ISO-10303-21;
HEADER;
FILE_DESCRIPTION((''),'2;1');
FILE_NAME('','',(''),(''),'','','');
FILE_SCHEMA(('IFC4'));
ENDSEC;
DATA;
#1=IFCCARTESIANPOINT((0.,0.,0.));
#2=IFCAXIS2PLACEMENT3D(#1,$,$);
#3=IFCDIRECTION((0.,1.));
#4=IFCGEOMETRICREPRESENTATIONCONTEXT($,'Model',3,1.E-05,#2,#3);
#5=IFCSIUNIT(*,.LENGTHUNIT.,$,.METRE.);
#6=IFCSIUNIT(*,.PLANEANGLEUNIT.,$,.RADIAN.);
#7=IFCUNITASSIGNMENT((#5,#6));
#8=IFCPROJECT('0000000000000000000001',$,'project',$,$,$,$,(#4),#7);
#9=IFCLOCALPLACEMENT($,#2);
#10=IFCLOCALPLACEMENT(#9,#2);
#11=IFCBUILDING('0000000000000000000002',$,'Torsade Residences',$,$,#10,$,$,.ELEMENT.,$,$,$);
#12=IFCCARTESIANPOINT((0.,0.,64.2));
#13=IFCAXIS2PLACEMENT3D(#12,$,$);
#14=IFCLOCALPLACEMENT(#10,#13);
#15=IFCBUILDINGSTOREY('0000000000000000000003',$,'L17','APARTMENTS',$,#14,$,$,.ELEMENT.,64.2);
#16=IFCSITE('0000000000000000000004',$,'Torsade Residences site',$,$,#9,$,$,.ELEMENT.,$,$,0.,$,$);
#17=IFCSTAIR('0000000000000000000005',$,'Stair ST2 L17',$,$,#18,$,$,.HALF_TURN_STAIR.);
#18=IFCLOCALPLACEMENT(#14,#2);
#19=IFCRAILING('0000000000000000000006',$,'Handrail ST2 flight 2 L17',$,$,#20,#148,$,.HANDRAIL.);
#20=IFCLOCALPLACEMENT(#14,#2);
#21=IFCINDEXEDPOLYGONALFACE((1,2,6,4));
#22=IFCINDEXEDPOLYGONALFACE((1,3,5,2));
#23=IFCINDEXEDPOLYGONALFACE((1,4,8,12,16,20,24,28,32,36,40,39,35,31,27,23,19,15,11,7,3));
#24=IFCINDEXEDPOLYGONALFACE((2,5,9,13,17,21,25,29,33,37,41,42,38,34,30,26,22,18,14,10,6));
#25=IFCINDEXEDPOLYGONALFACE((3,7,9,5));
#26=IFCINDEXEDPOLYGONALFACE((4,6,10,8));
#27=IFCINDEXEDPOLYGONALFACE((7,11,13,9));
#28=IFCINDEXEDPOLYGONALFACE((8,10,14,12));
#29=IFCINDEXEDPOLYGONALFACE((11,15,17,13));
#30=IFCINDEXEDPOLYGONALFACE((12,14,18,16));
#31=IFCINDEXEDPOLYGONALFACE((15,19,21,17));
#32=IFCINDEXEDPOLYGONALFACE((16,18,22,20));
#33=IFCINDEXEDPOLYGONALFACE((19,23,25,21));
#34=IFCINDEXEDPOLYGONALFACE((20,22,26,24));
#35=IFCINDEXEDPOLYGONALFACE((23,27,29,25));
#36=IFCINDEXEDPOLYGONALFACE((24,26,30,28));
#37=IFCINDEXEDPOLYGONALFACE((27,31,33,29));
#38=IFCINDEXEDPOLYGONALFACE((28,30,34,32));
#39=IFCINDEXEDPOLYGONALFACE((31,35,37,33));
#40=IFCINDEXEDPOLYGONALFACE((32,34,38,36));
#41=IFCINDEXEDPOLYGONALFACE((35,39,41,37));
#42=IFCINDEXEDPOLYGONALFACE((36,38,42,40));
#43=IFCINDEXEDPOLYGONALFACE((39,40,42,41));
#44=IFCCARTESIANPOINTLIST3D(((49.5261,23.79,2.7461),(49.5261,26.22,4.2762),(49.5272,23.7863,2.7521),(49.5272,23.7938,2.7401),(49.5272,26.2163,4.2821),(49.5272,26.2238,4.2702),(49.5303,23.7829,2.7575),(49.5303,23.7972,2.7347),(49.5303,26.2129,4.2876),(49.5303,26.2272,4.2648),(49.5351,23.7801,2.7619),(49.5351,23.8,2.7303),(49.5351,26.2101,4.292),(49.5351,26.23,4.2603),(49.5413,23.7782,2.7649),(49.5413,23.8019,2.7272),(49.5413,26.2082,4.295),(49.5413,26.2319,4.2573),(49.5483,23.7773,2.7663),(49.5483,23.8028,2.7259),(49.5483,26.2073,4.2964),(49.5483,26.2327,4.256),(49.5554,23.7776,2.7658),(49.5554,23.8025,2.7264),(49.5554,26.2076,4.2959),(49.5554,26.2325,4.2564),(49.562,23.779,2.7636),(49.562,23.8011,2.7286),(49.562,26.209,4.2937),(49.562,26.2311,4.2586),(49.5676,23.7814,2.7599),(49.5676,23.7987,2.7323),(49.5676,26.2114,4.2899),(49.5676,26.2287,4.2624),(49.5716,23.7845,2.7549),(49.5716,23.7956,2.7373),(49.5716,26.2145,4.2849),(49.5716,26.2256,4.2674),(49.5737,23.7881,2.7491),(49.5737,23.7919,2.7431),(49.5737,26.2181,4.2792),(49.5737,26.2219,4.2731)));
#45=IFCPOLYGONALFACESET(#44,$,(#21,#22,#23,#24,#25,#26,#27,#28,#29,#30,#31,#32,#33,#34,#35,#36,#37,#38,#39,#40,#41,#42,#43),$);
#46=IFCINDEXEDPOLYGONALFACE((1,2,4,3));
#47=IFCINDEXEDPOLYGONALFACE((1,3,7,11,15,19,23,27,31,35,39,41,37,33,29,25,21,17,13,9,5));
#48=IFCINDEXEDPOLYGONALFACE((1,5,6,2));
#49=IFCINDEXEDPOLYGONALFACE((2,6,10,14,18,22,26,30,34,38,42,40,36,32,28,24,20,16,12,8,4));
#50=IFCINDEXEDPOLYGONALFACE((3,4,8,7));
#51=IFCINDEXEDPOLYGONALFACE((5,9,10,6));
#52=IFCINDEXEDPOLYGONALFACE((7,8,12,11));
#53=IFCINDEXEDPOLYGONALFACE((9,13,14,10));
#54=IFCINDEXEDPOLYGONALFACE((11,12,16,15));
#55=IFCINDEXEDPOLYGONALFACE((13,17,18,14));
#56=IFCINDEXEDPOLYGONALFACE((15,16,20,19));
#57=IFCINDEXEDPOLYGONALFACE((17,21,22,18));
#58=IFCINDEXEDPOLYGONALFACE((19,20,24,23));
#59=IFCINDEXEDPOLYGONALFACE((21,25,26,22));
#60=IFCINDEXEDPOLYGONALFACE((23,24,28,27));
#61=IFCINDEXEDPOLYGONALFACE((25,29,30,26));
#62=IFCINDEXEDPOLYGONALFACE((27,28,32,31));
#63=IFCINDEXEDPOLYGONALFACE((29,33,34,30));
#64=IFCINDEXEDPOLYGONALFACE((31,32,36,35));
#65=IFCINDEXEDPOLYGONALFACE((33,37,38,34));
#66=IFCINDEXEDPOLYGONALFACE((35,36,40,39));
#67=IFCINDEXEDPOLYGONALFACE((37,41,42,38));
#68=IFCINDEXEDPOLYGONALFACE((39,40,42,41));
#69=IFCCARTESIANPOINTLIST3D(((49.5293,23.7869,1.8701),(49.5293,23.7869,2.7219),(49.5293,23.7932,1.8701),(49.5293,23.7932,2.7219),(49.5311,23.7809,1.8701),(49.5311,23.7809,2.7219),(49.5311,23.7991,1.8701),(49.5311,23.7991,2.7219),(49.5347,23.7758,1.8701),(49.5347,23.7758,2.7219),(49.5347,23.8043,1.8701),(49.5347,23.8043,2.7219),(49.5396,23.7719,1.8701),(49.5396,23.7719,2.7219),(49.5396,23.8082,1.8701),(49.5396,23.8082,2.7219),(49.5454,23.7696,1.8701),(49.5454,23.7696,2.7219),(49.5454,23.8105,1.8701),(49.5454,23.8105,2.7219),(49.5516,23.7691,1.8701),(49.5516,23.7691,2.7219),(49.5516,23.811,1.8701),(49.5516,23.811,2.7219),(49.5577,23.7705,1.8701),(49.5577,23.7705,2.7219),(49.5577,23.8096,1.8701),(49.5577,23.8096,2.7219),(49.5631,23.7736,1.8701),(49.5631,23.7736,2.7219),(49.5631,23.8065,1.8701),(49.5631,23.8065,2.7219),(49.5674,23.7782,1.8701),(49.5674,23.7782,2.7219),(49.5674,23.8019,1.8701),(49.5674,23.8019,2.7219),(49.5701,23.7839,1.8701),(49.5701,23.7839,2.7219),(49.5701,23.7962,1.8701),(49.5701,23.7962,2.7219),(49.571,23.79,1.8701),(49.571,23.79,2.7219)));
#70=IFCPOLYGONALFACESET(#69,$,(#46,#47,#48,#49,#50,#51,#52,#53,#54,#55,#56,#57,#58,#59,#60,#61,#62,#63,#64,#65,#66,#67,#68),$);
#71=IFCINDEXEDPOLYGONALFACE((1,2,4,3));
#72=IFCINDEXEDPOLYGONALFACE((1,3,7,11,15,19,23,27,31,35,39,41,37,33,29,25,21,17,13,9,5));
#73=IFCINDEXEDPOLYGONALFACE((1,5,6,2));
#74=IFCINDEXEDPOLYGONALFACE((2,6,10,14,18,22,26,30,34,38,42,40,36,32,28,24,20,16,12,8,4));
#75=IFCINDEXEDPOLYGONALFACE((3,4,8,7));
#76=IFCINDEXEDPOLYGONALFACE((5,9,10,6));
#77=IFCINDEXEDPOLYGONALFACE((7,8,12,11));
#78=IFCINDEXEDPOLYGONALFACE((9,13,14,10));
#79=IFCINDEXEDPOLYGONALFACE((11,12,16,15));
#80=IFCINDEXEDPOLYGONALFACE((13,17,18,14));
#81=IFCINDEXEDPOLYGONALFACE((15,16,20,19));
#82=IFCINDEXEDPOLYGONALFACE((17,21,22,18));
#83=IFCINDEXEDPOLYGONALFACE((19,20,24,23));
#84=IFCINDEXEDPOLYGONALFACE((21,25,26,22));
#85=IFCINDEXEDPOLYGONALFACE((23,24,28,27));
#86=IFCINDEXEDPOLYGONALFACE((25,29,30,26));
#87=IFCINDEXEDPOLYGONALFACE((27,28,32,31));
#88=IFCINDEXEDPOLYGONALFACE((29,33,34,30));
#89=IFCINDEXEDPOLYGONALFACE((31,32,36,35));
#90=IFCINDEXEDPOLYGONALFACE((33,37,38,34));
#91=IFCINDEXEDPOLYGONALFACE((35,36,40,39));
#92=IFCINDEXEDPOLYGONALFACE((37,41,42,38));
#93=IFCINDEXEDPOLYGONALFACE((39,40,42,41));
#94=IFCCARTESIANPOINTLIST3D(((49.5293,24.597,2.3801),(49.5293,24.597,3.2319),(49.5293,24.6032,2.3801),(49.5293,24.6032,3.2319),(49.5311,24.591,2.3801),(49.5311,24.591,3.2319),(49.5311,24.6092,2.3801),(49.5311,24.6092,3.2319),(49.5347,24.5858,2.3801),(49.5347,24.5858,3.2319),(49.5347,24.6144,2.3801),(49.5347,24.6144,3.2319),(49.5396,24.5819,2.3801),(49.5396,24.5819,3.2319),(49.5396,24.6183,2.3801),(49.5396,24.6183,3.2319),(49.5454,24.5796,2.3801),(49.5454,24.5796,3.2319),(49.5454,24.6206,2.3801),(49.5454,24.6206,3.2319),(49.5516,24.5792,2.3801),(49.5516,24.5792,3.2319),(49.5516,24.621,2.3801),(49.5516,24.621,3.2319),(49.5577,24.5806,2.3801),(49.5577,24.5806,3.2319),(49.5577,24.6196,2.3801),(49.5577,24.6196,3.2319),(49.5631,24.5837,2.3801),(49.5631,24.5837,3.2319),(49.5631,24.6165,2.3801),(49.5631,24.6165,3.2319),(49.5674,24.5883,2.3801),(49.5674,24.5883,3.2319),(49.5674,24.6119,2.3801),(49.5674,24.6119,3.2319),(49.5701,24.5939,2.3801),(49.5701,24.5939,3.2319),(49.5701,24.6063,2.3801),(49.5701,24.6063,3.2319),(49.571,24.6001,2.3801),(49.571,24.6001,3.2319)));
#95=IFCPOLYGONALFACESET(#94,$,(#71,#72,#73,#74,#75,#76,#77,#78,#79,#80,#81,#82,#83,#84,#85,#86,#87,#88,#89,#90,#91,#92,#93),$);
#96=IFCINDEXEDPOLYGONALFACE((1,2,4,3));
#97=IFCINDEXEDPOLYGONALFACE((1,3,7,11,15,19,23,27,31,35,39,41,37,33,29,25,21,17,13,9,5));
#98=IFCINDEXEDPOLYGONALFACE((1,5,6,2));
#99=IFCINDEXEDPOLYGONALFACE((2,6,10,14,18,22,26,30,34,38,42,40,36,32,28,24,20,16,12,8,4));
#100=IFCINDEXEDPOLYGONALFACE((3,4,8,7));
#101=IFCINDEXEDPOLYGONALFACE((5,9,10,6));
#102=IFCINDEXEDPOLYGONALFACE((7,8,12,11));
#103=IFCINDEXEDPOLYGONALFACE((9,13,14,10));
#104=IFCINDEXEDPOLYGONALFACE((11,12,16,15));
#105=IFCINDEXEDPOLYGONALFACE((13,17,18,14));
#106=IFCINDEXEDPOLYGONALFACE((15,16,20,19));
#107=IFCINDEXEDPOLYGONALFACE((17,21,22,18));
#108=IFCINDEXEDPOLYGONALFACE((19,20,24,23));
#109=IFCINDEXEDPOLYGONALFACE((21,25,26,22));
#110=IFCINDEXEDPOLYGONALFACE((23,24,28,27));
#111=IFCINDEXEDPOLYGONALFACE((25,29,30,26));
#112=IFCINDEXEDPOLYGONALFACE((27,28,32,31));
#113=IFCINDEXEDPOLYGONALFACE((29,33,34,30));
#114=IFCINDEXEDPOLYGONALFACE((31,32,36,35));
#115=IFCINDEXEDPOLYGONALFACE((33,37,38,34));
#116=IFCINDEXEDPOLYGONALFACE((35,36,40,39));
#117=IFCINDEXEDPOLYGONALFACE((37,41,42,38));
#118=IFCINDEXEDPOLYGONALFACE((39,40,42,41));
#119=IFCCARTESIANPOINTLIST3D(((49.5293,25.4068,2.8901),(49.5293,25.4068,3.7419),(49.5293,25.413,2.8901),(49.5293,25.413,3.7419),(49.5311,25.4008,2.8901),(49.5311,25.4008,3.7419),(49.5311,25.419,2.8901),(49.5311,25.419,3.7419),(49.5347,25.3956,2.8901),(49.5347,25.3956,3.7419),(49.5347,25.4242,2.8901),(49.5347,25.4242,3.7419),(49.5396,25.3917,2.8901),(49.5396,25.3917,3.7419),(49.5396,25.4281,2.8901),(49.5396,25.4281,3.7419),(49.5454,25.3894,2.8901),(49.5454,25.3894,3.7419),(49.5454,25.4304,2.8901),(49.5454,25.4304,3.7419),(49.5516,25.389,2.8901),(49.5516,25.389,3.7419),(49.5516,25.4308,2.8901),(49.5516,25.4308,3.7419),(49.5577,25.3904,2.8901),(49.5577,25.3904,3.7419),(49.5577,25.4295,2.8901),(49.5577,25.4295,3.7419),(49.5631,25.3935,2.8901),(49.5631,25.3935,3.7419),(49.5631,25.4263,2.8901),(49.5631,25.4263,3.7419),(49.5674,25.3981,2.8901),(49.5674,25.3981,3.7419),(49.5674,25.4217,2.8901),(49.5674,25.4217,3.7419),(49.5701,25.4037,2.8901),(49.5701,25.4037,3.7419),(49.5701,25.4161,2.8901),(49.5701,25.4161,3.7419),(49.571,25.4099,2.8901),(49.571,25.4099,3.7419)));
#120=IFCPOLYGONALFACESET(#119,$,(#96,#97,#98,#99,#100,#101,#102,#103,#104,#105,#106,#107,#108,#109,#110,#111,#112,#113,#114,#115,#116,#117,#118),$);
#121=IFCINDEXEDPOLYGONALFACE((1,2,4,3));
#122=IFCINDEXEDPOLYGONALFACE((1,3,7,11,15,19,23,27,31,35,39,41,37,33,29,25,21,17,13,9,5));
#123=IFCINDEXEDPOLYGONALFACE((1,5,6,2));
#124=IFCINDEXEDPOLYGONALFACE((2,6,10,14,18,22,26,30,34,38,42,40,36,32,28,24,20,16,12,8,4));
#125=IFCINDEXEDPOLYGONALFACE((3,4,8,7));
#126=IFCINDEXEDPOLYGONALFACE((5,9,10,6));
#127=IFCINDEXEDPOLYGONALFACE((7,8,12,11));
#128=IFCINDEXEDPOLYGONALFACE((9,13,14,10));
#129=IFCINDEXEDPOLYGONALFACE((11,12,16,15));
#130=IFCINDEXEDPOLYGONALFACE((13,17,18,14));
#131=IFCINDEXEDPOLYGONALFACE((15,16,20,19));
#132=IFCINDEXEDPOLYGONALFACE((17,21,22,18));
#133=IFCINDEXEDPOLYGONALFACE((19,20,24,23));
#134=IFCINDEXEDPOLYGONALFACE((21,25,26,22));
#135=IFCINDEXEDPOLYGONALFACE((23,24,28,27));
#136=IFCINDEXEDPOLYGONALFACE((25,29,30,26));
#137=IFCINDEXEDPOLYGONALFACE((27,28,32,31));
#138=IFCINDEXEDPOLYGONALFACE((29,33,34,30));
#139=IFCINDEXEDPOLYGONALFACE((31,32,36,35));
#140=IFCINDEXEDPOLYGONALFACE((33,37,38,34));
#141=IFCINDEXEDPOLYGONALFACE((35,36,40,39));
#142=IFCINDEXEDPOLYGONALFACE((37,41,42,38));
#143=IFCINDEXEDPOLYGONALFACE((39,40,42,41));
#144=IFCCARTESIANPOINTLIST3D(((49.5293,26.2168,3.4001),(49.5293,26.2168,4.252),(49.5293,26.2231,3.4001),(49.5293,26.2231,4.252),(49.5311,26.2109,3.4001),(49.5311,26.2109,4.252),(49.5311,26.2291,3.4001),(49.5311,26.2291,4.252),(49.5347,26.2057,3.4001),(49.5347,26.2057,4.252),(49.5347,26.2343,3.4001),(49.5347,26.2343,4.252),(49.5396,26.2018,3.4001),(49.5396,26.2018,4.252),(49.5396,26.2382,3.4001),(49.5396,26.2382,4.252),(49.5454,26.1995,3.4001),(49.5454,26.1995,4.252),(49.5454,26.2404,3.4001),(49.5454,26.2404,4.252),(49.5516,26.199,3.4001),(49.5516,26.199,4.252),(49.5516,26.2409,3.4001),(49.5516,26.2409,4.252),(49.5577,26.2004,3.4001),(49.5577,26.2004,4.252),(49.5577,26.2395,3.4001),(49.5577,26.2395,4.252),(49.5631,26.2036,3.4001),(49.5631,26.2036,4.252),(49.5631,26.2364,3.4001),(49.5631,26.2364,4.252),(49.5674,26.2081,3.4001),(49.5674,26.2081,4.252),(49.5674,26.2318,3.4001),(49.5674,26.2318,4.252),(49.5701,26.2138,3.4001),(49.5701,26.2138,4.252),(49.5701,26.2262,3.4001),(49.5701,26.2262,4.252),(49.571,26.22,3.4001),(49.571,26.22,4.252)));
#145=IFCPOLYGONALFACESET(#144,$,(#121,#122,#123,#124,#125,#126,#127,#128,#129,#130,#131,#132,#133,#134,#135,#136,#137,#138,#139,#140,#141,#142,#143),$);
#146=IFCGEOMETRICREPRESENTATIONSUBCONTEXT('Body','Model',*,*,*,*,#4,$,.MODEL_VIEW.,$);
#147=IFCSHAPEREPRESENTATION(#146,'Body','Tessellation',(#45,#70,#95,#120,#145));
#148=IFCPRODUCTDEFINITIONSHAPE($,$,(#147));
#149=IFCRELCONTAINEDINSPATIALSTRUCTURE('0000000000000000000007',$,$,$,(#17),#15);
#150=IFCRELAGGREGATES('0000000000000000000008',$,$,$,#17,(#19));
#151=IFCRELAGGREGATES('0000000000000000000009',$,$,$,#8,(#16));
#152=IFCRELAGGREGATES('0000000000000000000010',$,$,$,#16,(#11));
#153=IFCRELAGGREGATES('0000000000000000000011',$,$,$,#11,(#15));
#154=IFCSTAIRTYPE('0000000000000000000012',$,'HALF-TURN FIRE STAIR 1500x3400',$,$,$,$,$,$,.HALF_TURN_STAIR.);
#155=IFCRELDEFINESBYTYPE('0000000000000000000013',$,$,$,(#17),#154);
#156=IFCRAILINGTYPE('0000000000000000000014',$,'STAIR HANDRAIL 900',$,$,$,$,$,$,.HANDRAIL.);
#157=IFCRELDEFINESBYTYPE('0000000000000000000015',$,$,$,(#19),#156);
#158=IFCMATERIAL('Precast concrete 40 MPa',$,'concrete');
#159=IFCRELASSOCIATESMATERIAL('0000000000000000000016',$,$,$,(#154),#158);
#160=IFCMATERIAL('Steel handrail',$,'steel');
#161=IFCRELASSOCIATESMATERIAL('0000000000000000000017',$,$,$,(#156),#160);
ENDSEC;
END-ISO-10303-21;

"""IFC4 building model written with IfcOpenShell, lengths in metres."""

from ifc_helpers import new_model, si_unit, direction, frame, origin, origin_2d, place, context, subcontext, project, spatial, circle, extrude, material, type_object, element, aggregate, save


model = new_model("IFC4")

# Units and contexts
model_context = context("Model", 3, precision=1e-05, world=origin(), true_north=direction((0.0, 1.0)))
body_context = subcontext(model_context, "Body", "Model", "MODEL_VIEW")
ifc_project = project(units=[si_unit("LENGTHUNIT", "METRE"), si_unit("PLANEANGLEUNIT", "RADIAN")], contexts=[model_context])

# Site, building, storey
site_placement = place(None, origin())
site = spatial("IfcSite", under=ifc_project, at=site_placement, Name="Torsade Residences site", CompositionType="ELEMENT", RefElevation=0.0)
building_placement = place(site_placement, origin())
building = spatial("IfcBuilding", under=site, at=building_placement, Name="Torsade Residences", CompositionType="ELEMENT")
storey_placement = place(building_placement, frame((0.0, 0.0, 64.2)))
storey = spatial("IfcBuildingStorey", under=building, at=storey_placement, Name="L17", Description="APARTMENTS", CompositionType="ELEMENT", Elevation=64.2)

# Stair, railing
ifc_material_1 = material(Name="Precast concrete 40 MPa", Category="concrete")
stair_type = type_object("IfcStairType", Name="HALF-TURN FIRE STAIR 1500x3400", PredefinedType="HALF_TURN_STAIR", material=ifc_material_1)
stair_placement = place(storey_placement, origin())
stair = element("IfcStair", 1, at=stair_placement, inside=storey, type_object=stair_type, Name="Stair ST2 L17", PredefinedType="HALF_TURN_STAIR")
ifc_material_2 = material(Name="Steel handrail", Category="steel")
railing_type = type_object("IfcRailingType", Name="STAIR HANDRAIL 900", PredefinedType="HANDRAIL", material=ifc_material_2)
railing_1_placement = place(storey_placement, frame((49.55, 23.79, 1.8701)))
railing_1 = element("IfcRailing", 2, at=railing_1_placement, type_object=railing_type, Name="Handrail ST2 flight 2 L17", PredefinedType="HANDRAIL", context=body_context, shape_type="SweptSolid", body=[
    extrude(circle(Radius=0.0239, at=origin_2d()), frame((0.0, 0.0, 0.876), z_axis=(0.0, 0.846221, 0.532831), x_axis=(-1.0, 0.0, 0.0)), (0.0, 0.0, 1.0), 2.8716),
    extrude(circle(Radius=0.021, at=origin_2d()), origin(), (0.0, 0.0, 1.0), 0.8518),
    extrude(circle(Radius=0.021, at=origin_2d()), frame((0.0, 0.8101, 0.51)), (0.0, 0.0, 1.0), 0.8518),
    extrude(circle(Radius=0.021, at=origin_2d()), frame((0.0, 1.6199, 1.02)), (0.0, 0.0, 1.0), 0.8518),
    extrude(circle(Radius=0.021, at=origin_2d()), frame((0.0, 2.4299, 1.53)), (0.0, 0.0, 1.0), 0.8518),
])
aggregate(stair, [railing_1])

save(model, "model.ifc")
